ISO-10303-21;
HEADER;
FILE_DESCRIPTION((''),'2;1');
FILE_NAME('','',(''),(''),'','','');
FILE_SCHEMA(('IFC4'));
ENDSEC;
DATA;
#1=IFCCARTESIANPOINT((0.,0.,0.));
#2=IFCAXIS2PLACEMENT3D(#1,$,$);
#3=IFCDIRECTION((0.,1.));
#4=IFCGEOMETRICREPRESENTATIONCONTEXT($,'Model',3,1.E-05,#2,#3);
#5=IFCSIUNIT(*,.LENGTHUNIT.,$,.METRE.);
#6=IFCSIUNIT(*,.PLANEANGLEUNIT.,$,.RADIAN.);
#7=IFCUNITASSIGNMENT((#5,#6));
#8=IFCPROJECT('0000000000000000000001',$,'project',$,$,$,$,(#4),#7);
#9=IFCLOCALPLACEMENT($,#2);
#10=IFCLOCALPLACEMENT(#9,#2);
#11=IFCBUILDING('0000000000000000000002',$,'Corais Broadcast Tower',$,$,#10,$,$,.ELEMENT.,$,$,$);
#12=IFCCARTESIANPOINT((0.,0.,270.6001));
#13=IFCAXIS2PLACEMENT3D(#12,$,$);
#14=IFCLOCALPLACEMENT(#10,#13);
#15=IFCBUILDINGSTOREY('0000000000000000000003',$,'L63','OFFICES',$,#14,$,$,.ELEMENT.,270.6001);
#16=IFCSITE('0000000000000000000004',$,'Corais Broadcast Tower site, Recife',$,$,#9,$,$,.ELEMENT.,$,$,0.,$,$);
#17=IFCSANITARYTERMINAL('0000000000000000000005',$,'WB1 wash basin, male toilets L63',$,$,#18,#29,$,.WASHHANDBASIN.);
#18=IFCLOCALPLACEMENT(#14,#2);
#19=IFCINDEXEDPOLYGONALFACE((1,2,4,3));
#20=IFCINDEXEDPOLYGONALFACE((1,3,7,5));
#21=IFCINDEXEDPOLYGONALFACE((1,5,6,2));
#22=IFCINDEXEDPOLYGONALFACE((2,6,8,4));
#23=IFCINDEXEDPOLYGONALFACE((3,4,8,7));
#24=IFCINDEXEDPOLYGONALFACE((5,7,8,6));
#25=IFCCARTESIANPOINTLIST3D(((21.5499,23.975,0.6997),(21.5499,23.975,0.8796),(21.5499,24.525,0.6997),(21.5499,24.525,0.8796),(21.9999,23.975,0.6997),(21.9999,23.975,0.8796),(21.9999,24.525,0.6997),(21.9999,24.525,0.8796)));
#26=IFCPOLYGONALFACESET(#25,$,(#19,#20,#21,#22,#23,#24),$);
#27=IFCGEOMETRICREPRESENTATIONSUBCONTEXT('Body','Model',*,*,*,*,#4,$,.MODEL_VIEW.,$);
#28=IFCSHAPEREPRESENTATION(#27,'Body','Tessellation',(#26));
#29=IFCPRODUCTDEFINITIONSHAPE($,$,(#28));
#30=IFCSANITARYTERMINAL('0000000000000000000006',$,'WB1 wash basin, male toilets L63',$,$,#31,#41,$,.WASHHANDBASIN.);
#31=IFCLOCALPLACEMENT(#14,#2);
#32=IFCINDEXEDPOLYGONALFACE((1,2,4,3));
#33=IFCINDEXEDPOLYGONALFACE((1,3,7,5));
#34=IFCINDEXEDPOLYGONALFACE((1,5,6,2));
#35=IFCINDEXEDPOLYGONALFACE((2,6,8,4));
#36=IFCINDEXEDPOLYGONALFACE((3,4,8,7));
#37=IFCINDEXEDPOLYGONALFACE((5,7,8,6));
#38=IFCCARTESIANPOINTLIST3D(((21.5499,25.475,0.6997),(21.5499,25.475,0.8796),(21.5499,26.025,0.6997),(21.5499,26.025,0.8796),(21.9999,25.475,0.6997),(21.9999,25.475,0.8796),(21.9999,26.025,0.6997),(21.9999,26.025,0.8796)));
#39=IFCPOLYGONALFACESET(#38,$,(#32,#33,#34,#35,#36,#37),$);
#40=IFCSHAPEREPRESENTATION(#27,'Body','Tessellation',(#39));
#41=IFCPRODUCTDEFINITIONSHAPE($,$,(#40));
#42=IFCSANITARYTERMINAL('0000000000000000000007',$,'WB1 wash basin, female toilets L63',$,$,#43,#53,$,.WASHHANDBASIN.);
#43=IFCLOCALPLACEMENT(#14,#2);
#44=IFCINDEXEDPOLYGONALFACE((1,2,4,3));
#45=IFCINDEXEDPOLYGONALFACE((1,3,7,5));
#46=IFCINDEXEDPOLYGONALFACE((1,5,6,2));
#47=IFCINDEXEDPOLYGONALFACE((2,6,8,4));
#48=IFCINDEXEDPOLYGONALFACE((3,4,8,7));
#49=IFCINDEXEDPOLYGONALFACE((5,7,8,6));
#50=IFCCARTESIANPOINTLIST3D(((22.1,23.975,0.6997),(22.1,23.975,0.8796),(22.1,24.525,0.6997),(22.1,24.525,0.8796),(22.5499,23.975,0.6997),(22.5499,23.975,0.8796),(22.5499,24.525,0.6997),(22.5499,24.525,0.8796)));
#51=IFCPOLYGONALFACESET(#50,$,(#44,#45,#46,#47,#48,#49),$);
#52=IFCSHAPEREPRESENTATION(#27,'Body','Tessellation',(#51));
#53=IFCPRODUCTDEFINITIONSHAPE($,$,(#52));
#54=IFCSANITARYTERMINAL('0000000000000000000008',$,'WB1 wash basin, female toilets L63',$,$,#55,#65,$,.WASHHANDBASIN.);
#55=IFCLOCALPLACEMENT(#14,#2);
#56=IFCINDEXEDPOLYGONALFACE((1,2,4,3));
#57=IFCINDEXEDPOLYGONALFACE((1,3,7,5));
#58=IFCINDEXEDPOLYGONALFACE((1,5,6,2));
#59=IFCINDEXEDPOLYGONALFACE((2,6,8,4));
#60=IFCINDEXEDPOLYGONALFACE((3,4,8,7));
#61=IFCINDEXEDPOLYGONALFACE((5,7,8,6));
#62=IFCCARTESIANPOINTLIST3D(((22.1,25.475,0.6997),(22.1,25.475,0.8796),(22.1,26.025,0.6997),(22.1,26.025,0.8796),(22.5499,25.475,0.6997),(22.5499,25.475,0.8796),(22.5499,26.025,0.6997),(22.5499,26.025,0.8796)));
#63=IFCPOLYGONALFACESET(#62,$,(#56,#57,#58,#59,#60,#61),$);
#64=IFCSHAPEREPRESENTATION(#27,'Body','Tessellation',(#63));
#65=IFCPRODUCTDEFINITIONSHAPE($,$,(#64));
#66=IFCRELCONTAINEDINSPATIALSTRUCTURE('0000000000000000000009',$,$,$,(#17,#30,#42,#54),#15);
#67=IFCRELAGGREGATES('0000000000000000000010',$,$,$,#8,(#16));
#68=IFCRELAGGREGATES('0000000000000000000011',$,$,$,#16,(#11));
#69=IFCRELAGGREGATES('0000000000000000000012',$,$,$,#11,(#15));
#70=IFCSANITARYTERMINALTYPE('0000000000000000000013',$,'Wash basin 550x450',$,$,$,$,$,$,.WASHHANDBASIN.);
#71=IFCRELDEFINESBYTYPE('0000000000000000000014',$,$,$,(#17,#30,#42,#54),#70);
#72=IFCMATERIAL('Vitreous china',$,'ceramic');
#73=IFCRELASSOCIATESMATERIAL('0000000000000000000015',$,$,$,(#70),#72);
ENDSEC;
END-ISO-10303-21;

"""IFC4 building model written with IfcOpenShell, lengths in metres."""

from ifc_helpers import new_model, si_unit, direction, frame, origin, origin_2d, place, context, subcontext, project, spatial, rectangle, extrude, material, type_object, element, save


model = new_model("IFC4")

# Units and contexts
model_context = context("Model", 3, precision=1e-05, world=origin(), true_north=direction((0.0, 1.0)))
body_context = subcontext(model_context, "Body", "Model", "MODEL_VIEW")
ifc_project = project(units=[si_unit("LENGTHUNIT", "METRE"), si_unit("PLANEANGLEUNIT", "RADIAN")], contexts=[model_context])

# Site, building, storey
site_placement = place(None, origin())
site = spatial("IfcSite", under=ifc_project, at=site_placement, Name="Corais Broadcast Tower site, Recife", CompositionType="ELEMENT", RefElevation=0.0)
building_placement = place(site_placement, origin())
building = spatial("IfcBuilding", under=site, at=building_placement, Name="Corais Broadcast Tower", CompositionType="ELEMENT")
storey_placement = place(building_placement, frame((0.0, 0.0, 270.6001)))
storey = spatial("IfcBuildingStorey", under=building, at=storey_placement, Name="L63", Description="OFFICES", CompositionType="ELEMENT", Elevation=270.6001)

# Sanitary terminals
ifc_material_1 = material(Name="Vitreous china", Category="ceramic")
sanitary_terminal_type_1 = type_object("IfcSanitaryTerminalType", Name="Wash basin 550x450", PredefinedType="WASHHANDBASIN", material=ifc_material_1)
for number, where, z_axis, x_axis, name in (
    (1, (21.7749, 24.25, 0.6997), (0.0, 0.0, 1.0), (1.0, 0.0, 0.0), "WB1 wash basin, male toilets L63"),
    (2, (21.7749, 25.75, 0.6997), (0.0, 0.0, 1.0), (1.0, 0.0, 0.0), "WB1 wash basin, male toilets L63"),
    (3, (22.325, 24.25, 0.6997), (0.0, 0.0, 1.0), (1.0, 0.0, 0.0), "WB1 wash basin, female toilets L63"),
    (4, (22.325, 25.75, 0.6997), (0.0, 0.0, 1.0), (1.0, 0.0, 0.0), "WB1 wash basin, female toilets L63"),
):
    element("IfcSanitaryTerminal", number, at=place(storey_placement, frame(where, z_axis=z_axis, x_axis=x_axis)), inside=storey, type_object=sanitary_terminal_type_1, Name=name, PredefinedType="WASHHANDBASIN", context=body_context, shape_type="SweptSolid", body=[
        extrude(rectangle(XDim=0.45, YDim=0.55, at=origin_2d()), origin(), (0.0, 0.0, 1.0), 0.1799),
    ])

save(model, "model.ifc")
